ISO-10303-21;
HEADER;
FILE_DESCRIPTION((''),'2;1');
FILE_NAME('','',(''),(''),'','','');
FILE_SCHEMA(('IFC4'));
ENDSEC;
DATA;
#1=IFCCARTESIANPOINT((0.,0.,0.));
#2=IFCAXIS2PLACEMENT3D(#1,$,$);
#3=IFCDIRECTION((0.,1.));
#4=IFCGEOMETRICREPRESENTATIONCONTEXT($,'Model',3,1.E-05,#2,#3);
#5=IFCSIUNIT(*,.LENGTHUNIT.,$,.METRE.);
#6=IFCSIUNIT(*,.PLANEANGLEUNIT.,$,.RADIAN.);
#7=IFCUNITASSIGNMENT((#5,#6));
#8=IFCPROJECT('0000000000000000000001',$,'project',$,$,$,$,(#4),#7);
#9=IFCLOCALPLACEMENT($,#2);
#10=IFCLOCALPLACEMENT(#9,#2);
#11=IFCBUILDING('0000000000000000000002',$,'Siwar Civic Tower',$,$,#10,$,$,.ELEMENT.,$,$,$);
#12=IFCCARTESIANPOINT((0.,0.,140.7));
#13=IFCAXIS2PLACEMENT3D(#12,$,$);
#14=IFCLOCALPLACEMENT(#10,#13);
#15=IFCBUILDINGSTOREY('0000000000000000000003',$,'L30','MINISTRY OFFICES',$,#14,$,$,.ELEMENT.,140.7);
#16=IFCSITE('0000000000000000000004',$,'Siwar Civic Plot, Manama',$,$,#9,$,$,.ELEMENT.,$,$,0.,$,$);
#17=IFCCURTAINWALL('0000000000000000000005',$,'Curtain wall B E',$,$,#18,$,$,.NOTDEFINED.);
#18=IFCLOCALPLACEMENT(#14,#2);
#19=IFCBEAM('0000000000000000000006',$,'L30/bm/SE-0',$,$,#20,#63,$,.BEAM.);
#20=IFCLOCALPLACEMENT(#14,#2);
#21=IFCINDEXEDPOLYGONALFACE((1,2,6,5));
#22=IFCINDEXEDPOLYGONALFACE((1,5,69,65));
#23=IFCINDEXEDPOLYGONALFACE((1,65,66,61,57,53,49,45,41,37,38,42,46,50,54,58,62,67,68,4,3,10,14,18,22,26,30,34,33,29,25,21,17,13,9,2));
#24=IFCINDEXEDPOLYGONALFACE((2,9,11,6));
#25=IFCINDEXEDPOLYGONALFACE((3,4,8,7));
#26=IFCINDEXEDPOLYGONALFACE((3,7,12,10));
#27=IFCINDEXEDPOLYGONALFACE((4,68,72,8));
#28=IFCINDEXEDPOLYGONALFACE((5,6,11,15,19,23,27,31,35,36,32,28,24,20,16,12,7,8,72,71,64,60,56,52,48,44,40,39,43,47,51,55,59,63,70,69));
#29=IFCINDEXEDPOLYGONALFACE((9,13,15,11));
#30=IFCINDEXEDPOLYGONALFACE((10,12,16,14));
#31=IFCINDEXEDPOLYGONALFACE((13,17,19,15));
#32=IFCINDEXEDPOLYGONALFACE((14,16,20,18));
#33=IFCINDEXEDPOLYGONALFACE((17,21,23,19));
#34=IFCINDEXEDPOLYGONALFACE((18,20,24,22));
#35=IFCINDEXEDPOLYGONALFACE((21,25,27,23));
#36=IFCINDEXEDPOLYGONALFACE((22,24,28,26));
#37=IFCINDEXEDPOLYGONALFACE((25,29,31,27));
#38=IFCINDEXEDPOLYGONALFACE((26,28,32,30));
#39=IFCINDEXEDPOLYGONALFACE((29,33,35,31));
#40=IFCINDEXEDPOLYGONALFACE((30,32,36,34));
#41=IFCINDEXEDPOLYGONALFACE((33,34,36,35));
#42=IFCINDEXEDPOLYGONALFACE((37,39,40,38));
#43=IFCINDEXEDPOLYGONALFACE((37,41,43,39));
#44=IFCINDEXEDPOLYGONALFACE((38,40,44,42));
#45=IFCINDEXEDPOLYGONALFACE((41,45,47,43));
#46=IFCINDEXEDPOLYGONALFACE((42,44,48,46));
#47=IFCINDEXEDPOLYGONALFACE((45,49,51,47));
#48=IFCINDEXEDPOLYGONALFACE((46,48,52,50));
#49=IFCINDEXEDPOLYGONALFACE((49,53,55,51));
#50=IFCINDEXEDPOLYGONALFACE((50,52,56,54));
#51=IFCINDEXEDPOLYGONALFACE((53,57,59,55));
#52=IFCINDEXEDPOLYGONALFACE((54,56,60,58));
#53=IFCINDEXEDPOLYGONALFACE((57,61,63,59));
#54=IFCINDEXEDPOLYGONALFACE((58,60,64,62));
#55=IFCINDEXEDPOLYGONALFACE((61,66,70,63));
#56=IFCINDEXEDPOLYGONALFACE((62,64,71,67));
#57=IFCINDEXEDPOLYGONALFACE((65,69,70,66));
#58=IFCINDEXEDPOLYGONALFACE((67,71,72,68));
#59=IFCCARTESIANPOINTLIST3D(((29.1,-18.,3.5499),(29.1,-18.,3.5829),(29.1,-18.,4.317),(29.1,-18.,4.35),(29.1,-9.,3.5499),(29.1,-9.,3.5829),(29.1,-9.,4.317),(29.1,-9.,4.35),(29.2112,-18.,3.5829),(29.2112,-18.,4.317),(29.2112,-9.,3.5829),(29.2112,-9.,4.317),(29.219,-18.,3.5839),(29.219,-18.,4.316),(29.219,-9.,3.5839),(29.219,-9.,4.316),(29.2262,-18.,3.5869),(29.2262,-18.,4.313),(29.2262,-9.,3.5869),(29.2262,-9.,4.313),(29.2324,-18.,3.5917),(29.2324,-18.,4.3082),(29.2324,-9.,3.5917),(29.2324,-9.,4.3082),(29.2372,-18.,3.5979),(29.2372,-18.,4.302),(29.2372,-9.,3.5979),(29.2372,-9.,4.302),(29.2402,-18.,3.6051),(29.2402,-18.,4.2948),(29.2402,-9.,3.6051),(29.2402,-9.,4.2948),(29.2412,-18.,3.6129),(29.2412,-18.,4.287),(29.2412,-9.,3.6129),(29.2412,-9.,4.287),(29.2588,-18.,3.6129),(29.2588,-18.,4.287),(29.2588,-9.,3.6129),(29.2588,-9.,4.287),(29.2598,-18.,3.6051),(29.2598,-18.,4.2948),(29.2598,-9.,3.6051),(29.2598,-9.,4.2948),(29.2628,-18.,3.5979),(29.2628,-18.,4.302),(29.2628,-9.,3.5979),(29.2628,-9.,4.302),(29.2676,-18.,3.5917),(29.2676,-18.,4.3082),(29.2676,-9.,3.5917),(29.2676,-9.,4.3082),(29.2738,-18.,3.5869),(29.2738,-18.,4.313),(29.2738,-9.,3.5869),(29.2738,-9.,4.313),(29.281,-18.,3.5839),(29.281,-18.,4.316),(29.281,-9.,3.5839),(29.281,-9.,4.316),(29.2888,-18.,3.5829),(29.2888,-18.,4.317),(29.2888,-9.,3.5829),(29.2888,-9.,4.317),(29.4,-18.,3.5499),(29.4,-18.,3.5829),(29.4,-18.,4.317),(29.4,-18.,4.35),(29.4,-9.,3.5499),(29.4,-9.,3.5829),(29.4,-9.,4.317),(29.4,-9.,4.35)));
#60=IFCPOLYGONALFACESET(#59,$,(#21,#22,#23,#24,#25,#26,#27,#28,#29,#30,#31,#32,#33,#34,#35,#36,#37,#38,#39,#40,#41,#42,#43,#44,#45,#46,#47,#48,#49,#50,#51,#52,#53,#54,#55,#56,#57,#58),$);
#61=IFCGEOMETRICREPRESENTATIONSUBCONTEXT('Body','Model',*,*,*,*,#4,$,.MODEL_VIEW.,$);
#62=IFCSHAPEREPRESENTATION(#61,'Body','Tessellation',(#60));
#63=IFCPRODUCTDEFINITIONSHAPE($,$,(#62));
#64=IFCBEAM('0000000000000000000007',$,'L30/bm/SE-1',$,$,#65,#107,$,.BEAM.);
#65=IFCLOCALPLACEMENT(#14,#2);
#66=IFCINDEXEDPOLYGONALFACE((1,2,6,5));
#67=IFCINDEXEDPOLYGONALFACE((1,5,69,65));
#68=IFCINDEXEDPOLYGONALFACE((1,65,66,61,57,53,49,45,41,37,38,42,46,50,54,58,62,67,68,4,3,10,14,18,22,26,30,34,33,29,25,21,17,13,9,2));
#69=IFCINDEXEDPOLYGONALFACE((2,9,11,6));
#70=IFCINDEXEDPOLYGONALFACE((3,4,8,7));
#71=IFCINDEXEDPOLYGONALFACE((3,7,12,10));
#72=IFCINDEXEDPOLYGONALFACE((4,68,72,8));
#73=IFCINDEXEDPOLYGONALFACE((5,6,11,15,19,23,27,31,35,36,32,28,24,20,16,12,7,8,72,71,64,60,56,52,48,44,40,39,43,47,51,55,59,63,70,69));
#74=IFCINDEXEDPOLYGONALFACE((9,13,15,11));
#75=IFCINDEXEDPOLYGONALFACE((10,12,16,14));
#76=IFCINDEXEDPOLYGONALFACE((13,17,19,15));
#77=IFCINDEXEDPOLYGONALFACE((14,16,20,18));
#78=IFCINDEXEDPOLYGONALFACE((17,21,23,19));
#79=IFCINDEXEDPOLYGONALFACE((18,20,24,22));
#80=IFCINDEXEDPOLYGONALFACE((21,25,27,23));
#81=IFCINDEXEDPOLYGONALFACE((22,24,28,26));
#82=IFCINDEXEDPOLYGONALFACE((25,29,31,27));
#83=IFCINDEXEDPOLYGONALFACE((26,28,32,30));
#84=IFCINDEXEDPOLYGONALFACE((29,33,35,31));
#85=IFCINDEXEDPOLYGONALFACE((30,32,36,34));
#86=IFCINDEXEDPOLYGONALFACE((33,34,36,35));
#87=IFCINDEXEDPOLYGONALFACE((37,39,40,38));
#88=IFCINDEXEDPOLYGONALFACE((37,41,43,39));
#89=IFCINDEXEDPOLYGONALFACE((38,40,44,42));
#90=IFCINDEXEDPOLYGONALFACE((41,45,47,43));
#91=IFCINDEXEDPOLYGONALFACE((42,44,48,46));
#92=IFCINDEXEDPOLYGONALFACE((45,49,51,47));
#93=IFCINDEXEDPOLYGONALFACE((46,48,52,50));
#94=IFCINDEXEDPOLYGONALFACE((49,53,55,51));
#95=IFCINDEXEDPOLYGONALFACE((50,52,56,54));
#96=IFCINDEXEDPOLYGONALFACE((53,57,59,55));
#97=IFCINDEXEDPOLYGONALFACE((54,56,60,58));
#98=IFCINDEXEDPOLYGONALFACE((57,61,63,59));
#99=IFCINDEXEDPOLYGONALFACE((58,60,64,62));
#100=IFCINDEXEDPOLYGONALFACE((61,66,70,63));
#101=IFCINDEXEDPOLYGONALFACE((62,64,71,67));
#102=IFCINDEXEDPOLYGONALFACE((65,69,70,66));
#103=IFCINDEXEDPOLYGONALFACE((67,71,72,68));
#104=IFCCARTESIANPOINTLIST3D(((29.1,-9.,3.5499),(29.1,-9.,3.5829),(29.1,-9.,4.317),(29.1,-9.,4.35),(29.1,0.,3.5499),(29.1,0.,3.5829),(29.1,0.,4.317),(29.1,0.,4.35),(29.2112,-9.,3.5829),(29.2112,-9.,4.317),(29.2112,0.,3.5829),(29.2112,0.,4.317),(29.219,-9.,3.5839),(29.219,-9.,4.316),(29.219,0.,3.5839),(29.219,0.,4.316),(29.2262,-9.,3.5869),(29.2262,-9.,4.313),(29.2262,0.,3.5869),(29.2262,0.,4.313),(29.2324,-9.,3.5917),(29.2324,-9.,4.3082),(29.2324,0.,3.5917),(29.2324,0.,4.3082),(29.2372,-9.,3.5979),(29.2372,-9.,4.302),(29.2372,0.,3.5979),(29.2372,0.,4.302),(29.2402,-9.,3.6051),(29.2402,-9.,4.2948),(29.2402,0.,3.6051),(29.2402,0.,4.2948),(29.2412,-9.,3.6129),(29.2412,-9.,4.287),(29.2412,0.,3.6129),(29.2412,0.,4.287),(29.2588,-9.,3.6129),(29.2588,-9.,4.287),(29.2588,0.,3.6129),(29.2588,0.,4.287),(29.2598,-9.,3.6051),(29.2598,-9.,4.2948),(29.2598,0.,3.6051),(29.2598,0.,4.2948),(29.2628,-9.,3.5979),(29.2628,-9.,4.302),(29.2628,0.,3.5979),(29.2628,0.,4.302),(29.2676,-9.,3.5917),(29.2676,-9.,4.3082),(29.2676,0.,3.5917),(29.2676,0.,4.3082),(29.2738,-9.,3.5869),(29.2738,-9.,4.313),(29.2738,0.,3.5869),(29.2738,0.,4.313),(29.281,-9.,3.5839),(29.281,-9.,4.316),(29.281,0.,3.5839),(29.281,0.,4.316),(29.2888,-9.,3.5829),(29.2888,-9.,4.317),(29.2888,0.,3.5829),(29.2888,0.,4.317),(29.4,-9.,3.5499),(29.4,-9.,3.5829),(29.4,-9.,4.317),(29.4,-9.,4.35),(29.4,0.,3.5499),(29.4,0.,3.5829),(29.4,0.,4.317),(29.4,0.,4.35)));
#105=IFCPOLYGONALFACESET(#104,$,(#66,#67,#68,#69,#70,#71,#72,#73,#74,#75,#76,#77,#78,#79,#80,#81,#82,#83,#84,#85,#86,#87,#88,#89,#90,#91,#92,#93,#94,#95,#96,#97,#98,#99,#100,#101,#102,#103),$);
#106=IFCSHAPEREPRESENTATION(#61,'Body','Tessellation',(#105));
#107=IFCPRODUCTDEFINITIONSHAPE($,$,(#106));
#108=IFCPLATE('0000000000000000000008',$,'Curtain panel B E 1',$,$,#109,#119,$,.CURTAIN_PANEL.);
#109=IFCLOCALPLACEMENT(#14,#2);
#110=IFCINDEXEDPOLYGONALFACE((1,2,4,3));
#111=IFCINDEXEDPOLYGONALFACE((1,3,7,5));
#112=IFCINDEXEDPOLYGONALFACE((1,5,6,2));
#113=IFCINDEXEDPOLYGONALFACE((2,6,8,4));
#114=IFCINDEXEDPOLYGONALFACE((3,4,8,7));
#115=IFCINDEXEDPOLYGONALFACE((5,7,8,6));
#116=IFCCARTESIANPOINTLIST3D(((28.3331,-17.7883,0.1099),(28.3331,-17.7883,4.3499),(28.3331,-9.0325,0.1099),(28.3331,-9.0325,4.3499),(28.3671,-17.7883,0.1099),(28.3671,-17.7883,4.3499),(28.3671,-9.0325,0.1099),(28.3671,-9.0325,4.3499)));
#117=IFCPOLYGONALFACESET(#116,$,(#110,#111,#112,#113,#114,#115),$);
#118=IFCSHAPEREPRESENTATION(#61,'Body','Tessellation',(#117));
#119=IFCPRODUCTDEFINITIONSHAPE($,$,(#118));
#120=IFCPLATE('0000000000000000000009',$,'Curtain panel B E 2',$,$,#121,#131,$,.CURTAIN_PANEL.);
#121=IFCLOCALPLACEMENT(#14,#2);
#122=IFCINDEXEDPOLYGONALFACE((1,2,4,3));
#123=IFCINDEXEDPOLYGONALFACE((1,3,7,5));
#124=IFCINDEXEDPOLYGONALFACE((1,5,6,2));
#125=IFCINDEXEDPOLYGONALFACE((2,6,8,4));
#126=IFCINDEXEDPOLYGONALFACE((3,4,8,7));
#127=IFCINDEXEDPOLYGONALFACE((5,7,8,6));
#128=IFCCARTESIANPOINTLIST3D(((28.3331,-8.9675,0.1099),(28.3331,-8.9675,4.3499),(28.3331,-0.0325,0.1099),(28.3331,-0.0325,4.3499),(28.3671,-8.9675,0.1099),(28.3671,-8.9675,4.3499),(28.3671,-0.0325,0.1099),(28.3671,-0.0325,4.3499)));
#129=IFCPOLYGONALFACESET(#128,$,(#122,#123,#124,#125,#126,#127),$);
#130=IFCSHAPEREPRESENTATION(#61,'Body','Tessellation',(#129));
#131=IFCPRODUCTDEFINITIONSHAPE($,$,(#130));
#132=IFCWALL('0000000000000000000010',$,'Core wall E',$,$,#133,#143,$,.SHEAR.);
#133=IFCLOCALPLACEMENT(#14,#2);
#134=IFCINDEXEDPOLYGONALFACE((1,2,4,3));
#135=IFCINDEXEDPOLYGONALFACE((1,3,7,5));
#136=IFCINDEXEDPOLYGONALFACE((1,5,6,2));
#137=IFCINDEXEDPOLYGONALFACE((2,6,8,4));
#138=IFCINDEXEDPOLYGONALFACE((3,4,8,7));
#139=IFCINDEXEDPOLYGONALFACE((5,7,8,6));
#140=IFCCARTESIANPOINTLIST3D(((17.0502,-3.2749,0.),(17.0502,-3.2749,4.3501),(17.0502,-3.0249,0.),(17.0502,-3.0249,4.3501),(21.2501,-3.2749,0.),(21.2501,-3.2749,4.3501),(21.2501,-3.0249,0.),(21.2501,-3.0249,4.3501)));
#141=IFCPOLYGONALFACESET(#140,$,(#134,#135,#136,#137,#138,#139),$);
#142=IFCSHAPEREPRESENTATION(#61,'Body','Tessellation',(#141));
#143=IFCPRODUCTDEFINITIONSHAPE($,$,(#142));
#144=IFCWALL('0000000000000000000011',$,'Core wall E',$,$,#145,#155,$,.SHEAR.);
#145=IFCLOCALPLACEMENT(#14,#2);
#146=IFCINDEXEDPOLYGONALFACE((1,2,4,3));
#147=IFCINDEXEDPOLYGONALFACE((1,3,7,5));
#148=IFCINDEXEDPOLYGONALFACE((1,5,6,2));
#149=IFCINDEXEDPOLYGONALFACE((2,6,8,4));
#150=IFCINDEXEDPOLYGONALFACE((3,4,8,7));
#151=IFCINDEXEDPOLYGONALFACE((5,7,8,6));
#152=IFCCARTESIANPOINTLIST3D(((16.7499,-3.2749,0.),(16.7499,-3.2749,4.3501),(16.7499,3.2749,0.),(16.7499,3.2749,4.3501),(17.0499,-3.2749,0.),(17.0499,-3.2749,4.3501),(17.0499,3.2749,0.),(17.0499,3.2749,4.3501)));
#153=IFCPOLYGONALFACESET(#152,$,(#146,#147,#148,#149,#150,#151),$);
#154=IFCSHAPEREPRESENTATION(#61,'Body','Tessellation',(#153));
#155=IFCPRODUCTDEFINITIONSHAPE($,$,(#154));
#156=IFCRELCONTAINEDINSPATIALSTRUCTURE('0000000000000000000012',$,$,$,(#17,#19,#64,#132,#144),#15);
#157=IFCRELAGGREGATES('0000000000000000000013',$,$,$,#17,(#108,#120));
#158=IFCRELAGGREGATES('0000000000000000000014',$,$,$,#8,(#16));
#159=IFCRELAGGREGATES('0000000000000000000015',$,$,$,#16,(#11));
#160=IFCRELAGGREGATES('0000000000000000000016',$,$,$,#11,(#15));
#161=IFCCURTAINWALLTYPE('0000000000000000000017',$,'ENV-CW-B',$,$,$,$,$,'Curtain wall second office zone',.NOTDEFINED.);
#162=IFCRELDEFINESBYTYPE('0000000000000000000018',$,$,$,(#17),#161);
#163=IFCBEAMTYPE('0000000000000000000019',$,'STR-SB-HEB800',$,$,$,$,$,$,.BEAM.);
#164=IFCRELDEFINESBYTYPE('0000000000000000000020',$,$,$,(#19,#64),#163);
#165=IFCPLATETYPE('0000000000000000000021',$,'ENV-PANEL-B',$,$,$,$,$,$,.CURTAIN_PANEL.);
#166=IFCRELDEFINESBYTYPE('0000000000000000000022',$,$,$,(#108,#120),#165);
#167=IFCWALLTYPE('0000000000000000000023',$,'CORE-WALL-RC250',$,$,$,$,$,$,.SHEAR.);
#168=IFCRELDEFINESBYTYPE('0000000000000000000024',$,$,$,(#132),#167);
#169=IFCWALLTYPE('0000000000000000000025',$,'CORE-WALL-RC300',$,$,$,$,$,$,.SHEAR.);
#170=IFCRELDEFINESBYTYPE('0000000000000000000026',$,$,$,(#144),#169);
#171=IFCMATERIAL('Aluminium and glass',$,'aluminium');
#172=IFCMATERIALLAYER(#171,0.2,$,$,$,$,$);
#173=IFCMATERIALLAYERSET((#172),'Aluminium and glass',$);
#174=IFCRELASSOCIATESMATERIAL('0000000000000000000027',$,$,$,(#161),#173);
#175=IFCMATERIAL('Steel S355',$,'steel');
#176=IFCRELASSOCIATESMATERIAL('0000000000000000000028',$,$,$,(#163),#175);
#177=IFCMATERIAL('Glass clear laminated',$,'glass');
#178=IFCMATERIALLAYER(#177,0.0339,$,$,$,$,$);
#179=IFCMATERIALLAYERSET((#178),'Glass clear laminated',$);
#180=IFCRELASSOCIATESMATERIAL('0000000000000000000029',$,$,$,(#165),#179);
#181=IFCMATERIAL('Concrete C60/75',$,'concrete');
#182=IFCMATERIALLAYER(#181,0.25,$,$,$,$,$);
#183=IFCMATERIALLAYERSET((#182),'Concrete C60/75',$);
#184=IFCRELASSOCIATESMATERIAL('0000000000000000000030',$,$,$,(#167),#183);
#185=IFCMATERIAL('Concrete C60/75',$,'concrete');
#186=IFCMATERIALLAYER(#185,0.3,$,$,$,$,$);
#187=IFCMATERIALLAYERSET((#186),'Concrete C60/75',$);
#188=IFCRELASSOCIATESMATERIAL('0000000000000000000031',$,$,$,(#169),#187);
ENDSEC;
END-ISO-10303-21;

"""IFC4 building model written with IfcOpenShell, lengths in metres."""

from ifc_helpers import new_model, si_unit, direction, frame, frame_2d, origin, origin_2d, place, context, subcontext, project, spatial, rectangle, i_section, extrude, material, layer, layer_set, material_profile, profile_set, type_object, element, aggregate, save


model = new_model("IFC4")

# Units and contexts
model_context = context("Model", 3, precision=1e-05, world=origin(), true_north=direction((0.0, 1.0)))
body_context = subcontext(model_context, "Body", "Model", "MODEL_VIEW")
ifc_project = project(units=[si_unit("LENGTHUNIT", "METRE"), si_unit("PLANEANGLEUNIT", "RADIAN")], contexts=[model_context])

# Site, building, storey
site_placement = place(None, origin())
site = spatial("IfcSite", under=ifc_project, at=site_placement, Name="Siwar Civic Plot, Manama", CompositionType="ELEMENT", RefElevation=0.0)
building_placement = place(site_placement, origin())
building = spatial("IfcBuilding", under=site, at=building_placement, Name="Siwar Civic Tower", CompositionType="ELEMENT")
storey_placement = place(building_placement, frame((0.0, 0.0, 140.7)))
storey = spatial("IfcBuildingStorey", under=building, at=storey_placement, Name="L30", Description="MINISTRY OFFICES", CompositionType="ELEMENT", Elevation=140.7)

# Curtain wall
ifc_material_1 = material(Name="Aluminium and glass", Category="aluminium")
ifc_layer_1 = layer(ifc_material_1, 0.2)
ifc_layer_set_1 = layer_set([ifc_layer_1], Name="Aluminium and glass")
curtain_wall_type = type_object("IfcCurtainWallType", Name="ENV-CW-B", ElementType="Curtain wall second office zone", PredefinedType="NOTDEFINED", material=ifc_layer_set_1)
curtain_wall_placement = place(storey_placement, origin())
curtain_wall = element("IfcCurtainWall", 1, at=curtain_wall_placement, inside=storey, type_object=curtain_wall_type, Name="Curtain wall B E", PredefinedType="NOTDEFINED")

# Beams
ifc_material_2 = material(Name="Steel S355", Category="steel")
ifc_material_profile_1 = material_profile(ifc_material_2, i_section(OverallWidth=0.3, OverallDepth=0.8, WebThickness=0.0176, FlangeThickness=0.033, FilletRadius=0.03, at=origin_2d()), Name="HEB800")
ifc_profile_set_1 = profile_set([ifc_material_profile_1], Name="Steel S355")
beam_type_1 = type_object("IfcBeamType", Name="STR-SB-HEB800", PredefinedType="BEAM", material=ifc_profile_set_1)
for number, where, z_axis, x_axis, name in (
    (2, (29.25, -18.0, 3.95), (0.0, 1.0, 0.0), (-1.0, 0.0, 0.0), "L30/bm/SE-0"),
    (3, (29.25, -9.0, 3.95), (0.0, 1.0, 0.0), (-1.0, 0.0, 0.0), "L30/bm/SE-1"),
):
    element("IfcBeam", number, at=place(storey_placement, frame(where, z_axis=z_axis, x_axis=x_axis)), inside=storey, type_object=beam_type_1, Name=name, PredefinedType="BEAM", context=body_context, shape_type="SweptSolid", body=[
        extrude(i_section(OverallWidth=0.3, OverallDepth=0.8, WebThickness=0.0176, FlangeThickness=0.033, FilletRadius=0.03, at=origin_2d()), origin(), (0.0, 0.0, 1.0), 9.0),
    ])

# Plates
ifc_material_3 = material(Name="Glass clear laminated", Category="glass")
ifc_layer_2 = layer(ifc_material_3, 0.0339)
ifc_layer_set_2 = layer_set([ifc_layer_2], Name="Glass clear laminated")
plate_type = type_object("IfcPlateType", Name="ENV-PANEL-B", PredefinedType="CURTAIN_PANEL", material=ifc_layer_set_2)
plate_1_placement = place(storey_placement, frame((28.3501, -13.4104, 0.1099), z_axis=(0.0, 0.0, 1.0), x_axis=(0.0, 1.0, 0.0)))
plate_1 = element("IfcPlate", 4, at=plate_1_placement, type_object=plate_type, Name="Curtain panel B E 1", PredefinedType="CURTAIN_PANEL", context=body_context, shape_type="SweptSolid", body=[
    extrude(rectangle(XDim=8.7559, YDim=0.0339, at=origin_2d()), origin(), (0.0, 0.0, 1.0), 4.24),
])
plate_2_placement = place(storey_placement, frame((28.3501, -4.5, 0.1099), z_axis=(0.0, 0.0, 1.0), x_axis=(0.0, 1.0, 0.0)))
plate_2 = element("IfcPlate", 5, at=plate_2_placement, type_object=plate_type, Name="Curtain panel B E 2", PredefinedType="CURTAIN_PANEL", context=body_context, shape_type="SweptSolid", body=[
    extrude(rectangle(XDim=8.9351, YDim=0.0339, at=origin_2d()), origin(), (0.0, 0.0, 1.0), 4.24),
])
aggregate(curtain_wall, [plate_1, plate_2])

# Walls
ifc_material_4 = material(Name="Concrete C60/75", Category="concrete")
ifc_layer_3 = layer(ifc_material_4, 0.25)
ifc_layer_set_3 = layer_set([ifc_layer_3], Name="Concrete C60/75")
wall_type_1 = type_object("IfcWallType", Name="CORE-WALL-RC250", PredefinedType="SHEAR", material=ifc_layer_set_3)
wall_1_placement = place(storey_placement, frame((17.05, -3.1499, 0.0), z_axis=(0.0, 0.0, 1.0), x_axis=(1.0, 0.0, 0.0)))
element("IfcWall", 6, at=wall_1_placement, inside=storey, type_object=wall_type_1, Name="Core wall E", PredefinedType="SHEAR", context=body_context, shape_type="SweptSolid", body=[
    extrude(rectangle(XDim=4.2, YDim=0.25, at=frame_2d((2.1001, 0.0))), origin(), (0.0, 0.0, 1.0), 4.3501),
])
ifc_material_5 = material(Name="Concrete C60/75", Category="concrete")
ifc_layer_4 = layer(ifc_material_5, 0.3)
ifc_layer_set_4 = layer_set([ifc_layer_4], Name="Concrete C60/75")
wall_type_2 = type_object("IfcWallType", Name="CORE-WALL-RC300", PredefinedType="SHEAR", material=ifc_layer_set_4)
wall_2_placement = place(storey_placement, frame((16.8999, -3.2749, 0.0), z_axis=(0.0, 0.0, 1.0), x_axis=(0.0, 1.0, 0.0)))
element("IfcWall", 7, at=wall_2_placement, inside=storey, type_object=wall_type_2, Name="Core wall E", PredefinedType="SHEAR", context=body_context, shape_type="SweptSolid", body=[
    extrude(rectangle(XDim=6.5498, YDim=0.3, at=frame_2d((3.2749, 0.0))), origin(), (0.0, 0.0, 1.0), 4.3501),
])

save(model, "model.ifc")
